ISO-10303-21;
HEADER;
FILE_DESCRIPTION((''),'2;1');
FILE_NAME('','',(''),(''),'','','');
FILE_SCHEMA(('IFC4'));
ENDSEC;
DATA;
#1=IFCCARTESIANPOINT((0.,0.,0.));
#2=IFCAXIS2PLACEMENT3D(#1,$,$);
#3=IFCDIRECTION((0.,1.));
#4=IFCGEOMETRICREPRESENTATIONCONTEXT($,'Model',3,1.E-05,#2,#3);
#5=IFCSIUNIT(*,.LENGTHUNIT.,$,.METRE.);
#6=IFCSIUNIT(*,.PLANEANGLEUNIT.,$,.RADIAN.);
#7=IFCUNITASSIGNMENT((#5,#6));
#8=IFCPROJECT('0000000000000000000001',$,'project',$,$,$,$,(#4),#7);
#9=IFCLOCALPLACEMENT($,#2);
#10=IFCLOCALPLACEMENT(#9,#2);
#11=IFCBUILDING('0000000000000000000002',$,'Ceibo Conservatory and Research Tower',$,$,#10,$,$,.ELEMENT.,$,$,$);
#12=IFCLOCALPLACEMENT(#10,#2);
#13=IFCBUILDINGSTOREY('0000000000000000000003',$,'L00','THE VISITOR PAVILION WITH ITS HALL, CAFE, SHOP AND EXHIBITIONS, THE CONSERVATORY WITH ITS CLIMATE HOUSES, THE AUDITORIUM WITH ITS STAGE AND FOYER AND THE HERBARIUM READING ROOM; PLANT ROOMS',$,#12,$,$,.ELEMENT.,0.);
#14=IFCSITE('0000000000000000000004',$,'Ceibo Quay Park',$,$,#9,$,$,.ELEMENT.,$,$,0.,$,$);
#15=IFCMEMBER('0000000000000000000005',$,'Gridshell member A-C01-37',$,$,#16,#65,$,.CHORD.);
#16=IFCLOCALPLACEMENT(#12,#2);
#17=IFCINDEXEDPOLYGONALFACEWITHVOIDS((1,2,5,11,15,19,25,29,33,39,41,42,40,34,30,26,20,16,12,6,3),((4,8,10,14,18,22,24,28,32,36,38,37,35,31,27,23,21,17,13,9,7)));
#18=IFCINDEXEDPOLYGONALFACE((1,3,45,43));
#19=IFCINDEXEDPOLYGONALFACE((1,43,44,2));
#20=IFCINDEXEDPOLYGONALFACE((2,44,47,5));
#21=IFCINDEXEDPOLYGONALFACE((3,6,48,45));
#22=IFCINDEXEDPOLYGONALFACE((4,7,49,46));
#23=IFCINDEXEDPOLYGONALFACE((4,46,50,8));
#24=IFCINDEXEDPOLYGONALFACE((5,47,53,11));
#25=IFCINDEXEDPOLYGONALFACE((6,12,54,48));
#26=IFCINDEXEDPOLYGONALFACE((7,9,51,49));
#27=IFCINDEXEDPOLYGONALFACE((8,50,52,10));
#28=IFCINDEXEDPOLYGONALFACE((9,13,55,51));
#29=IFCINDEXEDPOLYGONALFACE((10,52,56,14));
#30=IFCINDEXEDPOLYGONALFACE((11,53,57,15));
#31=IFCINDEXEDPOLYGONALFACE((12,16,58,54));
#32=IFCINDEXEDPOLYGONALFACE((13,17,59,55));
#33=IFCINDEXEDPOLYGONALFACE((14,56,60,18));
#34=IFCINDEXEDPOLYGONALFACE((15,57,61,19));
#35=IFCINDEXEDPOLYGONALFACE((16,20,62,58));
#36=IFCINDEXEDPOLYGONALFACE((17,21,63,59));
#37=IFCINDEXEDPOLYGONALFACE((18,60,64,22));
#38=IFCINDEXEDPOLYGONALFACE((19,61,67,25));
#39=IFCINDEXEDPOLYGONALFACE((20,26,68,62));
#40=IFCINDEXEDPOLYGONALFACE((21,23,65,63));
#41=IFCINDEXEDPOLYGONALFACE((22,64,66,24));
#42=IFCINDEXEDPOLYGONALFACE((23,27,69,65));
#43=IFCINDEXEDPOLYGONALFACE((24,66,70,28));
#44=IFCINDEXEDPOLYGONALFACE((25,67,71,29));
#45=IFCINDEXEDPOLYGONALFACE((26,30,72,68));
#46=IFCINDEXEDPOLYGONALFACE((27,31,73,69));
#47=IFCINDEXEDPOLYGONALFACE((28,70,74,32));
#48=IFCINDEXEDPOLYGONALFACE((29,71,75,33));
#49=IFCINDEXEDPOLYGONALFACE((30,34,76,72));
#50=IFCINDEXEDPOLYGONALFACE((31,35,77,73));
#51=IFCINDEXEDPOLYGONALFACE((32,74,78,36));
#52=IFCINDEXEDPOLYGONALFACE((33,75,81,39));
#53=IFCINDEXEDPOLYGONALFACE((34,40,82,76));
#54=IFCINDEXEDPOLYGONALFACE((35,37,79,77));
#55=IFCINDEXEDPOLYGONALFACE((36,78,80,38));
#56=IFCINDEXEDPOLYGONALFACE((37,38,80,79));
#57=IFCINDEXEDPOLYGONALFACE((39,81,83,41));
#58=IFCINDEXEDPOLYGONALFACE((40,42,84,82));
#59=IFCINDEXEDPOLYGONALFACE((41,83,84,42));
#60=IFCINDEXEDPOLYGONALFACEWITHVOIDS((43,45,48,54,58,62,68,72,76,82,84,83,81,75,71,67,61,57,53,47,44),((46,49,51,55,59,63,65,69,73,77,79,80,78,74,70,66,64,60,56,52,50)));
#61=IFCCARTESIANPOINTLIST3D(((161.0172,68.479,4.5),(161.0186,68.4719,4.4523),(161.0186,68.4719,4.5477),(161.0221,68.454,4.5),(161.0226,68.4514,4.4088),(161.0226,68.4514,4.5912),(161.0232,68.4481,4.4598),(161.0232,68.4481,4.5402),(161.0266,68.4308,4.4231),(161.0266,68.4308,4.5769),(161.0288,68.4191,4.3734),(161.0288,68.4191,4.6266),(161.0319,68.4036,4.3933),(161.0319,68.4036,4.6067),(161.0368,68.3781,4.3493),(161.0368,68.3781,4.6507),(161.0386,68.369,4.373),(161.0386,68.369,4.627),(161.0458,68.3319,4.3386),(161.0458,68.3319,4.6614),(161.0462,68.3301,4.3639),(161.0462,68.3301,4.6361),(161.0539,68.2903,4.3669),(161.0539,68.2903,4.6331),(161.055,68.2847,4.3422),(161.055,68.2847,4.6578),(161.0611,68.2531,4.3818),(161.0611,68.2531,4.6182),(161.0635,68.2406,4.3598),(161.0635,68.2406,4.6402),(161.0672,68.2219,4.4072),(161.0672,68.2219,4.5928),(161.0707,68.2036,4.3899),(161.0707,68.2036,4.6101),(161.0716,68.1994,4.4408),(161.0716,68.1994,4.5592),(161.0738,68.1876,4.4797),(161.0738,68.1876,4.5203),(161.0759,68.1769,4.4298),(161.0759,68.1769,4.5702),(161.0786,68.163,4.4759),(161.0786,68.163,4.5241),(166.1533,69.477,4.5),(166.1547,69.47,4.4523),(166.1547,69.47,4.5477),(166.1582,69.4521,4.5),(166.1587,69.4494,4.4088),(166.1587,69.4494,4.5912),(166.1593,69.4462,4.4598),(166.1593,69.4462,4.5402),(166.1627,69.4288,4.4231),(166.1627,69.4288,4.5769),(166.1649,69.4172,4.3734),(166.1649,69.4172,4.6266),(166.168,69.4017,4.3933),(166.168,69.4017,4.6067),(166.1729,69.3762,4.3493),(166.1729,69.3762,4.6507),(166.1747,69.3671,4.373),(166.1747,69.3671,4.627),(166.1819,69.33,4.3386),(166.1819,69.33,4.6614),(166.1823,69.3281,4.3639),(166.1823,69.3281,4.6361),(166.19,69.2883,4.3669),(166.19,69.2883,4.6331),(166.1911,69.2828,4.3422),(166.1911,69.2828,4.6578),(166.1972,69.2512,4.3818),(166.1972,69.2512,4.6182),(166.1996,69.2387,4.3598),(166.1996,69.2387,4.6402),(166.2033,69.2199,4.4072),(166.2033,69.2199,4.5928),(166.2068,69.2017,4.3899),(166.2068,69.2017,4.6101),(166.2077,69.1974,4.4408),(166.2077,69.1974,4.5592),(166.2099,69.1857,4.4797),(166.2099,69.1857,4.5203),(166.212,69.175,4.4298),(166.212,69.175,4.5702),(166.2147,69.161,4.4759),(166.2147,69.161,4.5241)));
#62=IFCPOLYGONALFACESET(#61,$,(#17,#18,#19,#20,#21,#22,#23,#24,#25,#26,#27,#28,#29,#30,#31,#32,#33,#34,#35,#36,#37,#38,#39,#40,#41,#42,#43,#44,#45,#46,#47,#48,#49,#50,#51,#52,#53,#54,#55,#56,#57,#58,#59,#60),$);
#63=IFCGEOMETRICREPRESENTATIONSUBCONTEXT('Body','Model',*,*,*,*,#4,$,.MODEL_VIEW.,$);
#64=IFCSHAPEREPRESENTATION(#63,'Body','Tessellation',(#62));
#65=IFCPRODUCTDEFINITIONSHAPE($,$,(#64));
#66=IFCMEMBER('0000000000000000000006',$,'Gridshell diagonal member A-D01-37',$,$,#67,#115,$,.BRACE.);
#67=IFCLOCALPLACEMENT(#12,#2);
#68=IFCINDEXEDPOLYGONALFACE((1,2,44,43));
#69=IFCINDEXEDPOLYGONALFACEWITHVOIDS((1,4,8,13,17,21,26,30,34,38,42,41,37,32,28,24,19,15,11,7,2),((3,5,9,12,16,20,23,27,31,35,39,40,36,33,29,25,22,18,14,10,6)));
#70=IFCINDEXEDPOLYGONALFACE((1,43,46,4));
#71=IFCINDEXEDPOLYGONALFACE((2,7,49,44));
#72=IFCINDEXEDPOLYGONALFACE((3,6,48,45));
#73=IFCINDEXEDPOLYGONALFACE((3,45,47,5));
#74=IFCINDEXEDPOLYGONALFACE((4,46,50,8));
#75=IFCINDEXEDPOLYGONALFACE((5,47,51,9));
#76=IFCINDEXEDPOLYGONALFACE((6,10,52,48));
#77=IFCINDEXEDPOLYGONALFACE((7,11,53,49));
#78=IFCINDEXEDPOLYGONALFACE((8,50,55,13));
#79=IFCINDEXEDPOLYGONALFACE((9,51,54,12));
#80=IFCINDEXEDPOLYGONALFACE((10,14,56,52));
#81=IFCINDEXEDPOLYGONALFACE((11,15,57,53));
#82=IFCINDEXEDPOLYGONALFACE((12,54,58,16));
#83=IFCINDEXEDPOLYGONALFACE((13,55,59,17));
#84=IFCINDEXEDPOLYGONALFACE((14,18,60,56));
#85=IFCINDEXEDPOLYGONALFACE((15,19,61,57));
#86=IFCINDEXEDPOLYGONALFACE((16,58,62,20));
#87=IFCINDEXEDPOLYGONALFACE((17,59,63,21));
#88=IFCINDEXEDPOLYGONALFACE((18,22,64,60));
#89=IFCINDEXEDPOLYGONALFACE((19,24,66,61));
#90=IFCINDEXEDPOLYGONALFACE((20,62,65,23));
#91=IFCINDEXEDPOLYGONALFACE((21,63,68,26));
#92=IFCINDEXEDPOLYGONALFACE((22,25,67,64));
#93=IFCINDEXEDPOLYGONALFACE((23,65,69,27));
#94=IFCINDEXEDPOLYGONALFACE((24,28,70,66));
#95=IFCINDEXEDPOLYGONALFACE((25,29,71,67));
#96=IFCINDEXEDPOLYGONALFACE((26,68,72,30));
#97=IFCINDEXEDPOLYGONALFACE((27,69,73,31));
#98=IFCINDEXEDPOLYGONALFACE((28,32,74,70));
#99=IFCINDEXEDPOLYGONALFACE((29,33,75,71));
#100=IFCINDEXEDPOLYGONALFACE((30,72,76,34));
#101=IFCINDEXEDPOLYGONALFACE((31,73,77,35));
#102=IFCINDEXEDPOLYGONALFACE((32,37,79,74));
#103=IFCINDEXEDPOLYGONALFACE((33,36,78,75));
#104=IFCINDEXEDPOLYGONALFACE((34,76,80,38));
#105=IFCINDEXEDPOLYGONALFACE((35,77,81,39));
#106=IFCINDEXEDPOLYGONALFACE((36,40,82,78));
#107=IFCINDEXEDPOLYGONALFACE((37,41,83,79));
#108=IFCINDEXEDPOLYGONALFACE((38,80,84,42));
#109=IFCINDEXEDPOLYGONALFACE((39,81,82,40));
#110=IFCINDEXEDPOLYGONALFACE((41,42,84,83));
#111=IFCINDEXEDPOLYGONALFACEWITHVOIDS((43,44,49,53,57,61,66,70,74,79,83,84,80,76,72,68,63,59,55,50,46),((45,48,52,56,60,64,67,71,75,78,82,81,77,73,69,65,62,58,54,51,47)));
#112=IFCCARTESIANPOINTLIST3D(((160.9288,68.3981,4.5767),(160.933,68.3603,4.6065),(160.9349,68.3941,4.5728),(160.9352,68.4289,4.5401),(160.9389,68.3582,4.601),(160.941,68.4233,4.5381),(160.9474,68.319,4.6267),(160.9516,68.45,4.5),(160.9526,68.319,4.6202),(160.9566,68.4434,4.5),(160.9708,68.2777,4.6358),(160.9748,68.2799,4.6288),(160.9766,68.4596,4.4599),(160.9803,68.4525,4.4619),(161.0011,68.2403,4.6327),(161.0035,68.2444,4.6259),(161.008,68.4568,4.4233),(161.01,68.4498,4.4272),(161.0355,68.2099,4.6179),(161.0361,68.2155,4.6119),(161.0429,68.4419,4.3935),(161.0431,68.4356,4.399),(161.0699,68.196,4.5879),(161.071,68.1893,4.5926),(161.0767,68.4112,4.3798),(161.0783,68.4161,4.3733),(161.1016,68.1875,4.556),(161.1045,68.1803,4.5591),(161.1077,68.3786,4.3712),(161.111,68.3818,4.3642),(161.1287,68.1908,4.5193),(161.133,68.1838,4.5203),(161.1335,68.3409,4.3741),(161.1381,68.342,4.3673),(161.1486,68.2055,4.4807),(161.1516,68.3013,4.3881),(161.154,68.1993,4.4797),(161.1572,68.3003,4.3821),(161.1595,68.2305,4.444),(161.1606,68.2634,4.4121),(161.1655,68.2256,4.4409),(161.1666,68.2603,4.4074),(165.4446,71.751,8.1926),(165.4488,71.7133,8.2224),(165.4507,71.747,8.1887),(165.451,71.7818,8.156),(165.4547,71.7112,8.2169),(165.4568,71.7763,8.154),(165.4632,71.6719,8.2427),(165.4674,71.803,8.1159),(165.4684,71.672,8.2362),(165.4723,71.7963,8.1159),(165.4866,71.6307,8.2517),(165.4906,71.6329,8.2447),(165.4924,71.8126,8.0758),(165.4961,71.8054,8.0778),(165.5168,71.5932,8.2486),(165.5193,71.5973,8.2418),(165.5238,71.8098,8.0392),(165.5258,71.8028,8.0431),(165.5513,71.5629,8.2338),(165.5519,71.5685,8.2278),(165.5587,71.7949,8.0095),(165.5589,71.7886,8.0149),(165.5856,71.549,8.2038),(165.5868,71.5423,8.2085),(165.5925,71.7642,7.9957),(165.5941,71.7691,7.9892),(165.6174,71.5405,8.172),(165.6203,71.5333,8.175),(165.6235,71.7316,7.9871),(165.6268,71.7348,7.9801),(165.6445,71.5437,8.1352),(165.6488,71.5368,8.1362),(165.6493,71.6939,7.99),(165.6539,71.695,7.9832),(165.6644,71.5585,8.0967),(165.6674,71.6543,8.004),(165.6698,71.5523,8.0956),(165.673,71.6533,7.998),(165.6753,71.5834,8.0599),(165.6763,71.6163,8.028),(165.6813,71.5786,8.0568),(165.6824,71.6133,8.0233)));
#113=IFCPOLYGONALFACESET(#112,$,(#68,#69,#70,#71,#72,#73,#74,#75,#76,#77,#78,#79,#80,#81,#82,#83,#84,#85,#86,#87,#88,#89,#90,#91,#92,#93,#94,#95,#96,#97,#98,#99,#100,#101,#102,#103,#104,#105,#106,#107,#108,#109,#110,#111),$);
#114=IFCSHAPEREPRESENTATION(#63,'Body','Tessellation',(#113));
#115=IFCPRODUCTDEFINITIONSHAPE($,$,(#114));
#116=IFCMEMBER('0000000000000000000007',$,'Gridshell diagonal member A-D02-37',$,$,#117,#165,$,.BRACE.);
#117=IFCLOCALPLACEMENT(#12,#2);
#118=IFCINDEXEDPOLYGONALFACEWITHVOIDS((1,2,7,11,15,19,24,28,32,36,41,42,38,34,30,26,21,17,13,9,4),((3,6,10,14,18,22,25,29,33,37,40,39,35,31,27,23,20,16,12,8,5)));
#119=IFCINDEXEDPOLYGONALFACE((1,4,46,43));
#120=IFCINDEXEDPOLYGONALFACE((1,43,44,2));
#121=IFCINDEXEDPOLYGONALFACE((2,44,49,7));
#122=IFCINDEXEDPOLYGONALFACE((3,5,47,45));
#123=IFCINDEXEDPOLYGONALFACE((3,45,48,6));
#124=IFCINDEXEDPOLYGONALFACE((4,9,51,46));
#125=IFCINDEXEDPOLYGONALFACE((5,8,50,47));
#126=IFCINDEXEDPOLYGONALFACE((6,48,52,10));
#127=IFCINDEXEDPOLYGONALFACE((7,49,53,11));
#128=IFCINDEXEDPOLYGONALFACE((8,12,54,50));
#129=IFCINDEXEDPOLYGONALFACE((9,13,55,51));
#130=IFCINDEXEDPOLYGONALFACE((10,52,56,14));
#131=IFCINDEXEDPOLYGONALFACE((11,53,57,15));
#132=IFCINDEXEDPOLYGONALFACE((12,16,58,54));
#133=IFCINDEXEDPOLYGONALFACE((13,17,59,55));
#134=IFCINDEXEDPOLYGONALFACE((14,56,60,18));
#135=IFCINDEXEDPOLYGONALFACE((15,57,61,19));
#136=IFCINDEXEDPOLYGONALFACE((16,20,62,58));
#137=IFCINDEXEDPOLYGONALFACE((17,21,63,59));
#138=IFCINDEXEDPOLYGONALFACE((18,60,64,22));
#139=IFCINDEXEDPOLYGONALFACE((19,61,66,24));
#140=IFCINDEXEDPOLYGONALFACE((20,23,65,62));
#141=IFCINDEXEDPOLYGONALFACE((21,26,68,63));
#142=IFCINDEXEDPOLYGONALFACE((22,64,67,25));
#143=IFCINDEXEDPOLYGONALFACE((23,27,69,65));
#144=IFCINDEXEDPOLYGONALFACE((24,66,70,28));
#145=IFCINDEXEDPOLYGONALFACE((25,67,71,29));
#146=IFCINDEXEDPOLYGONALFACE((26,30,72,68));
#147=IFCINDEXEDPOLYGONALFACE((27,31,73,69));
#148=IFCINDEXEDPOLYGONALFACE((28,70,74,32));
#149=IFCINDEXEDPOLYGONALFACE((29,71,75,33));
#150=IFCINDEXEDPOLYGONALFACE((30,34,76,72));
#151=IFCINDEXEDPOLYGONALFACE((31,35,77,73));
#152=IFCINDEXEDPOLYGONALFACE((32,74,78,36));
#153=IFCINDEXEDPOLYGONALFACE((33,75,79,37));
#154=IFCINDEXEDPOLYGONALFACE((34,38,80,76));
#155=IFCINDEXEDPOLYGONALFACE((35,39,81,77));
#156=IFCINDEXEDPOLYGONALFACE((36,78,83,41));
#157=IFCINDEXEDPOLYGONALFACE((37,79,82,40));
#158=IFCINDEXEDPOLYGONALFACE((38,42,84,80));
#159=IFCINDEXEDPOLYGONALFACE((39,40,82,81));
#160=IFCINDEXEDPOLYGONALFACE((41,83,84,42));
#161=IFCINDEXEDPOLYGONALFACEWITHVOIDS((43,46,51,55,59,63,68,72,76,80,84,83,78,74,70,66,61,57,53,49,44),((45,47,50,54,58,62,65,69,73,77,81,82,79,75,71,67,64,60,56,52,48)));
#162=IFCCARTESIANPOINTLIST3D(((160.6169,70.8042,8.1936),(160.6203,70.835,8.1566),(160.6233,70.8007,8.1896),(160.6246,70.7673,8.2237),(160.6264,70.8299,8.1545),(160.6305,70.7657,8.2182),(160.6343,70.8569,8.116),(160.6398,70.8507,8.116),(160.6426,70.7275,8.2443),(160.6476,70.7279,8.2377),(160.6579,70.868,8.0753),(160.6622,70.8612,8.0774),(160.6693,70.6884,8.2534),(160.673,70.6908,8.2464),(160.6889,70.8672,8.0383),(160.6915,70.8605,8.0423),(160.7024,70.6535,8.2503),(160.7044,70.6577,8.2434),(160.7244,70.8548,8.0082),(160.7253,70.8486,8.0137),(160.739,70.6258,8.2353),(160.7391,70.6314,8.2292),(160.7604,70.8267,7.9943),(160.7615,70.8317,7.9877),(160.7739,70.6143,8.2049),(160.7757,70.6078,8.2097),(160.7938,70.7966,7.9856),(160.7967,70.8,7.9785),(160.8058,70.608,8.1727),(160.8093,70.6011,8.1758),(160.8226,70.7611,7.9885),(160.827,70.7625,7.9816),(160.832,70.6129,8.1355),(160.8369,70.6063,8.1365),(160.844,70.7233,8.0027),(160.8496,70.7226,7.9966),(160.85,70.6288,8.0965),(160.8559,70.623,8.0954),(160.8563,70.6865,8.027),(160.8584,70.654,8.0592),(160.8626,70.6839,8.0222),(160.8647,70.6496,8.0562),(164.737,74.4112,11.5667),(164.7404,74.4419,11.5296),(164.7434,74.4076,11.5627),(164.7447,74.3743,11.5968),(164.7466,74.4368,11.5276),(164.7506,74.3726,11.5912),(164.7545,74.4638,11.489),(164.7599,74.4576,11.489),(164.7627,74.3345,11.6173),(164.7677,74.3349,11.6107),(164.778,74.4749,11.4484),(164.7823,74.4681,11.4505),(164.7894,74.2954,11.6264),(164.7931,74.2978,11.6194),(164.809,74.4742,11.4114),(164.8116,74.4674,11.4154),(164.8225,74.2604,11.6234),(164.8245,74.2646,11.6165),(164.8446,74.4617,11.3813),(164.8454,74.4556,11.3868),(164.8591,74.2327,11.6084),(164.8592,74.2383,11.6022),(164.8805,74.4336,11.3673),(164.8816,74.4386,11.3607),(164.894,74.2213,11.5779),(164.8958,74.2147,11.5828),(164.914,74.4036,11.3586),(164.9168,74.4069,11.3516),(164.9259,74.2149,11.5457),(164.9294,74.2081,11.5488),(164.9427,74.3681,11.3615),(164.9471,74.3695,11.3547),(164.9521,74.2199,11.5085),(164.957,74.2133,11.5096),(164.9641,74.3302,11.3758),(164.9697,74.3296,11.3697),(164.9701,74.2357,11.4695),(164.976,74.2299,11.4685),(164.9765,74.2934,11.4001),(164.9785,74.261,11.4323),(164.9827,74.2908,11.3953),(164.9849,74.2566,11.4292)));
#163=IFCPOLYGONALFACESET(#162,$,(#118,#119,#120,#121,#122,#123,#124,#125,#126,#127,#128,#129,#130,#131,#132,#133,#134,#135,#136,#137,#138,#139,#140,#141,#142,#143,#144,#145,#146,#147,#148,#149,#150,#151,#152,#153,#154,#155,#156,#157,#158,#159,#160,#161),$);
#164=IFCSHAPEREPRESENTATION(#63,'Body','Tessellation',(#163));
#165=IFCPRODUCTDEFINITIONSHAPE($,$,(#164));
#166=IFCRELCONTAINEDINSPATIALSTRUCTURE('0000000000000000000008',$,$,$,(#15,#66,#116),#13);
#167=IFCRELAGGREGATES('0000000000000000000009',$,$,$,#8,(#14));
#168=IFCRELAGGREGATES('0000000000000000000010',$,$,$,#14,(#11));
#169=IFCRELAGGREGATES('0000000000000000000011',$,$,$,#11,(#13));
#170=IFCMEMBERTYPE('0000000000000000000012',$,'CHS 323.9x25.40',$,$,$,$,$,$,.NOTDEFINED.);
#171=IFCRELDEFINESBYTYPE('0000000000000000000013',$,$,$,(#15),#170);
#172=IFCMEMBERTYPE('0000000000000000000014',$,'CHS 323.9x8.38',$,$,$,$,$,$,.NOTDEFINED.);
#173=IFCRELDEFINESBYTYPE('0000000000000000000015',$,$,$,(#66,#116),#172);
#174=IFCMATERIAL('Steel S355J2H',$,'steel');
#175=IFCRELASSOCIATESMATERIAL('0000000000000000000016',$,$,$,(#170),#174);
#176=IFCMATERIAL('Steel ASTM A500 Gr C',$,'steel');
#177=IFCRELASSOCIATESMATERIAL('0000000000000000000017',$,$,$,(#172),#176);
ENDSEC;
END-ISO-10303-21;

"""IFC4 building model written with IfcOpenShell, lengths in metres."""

from ifc_helpers import new_model, si_unit, direction, frame, origin, origin_2d, place, context, subcontext, project, spatial, hollow_circle, extrude, material, material_profile, profile_set, type_object, element, save


model = new_model("IFC4")

# Units and contexts
model_context = context("Model", 3, precision=1e-05, world=origin(), true_north=direction((0.0, 1.0)))
body_context = subcontext(model_context, "Body", "Model", "MODEL_VIEW")
ifc_project = project(units=[si_unit("LENGTHUNIT", "METRE"), si_unit("PLANEANGLEUNIT", "RADIAN")], contexts=[model_context])

# Site, building, storey
site_placement = place(None, origin())
site = spatial("IfcSite", under=ifc_project, at=site_placement, Name="Ceibo Quay Park", CompositionType="ELEMENT", RefElevation=0.0)
building_placement = place(site_placement, origin())
building = spatial("IfcBuilding", under=site, at=building_placement, Name="Ceibo Conservatory and Research Tower", CompositionType="ELEMENT")
storey_placement = place(building_placement, origin())
storey = spatial("IfcBuildingStorey", under=building, at=storey_placement, Name="L00", Description="THE VISITOR PAVILION WITH ITS HALL, CAFE, SHOP AND EXHIBITIONS, THE CONSERVATORY WITH ITS CLIMATE HOUSES, THE AUDITORIUM WITH ITS STAGE AND FOYER AND THE HERBARIUM READING ROOM; PLANT ROOMS", CompositionType="ELEMENT", Elevation=0.0)

# Members
ifc_material_1 = material(Name="Steel ASTM A500 Gr C", Category="steel")
ifc_material_2 = material(Name="Steel S355J2H", Category="steel")
ifc_material_profile_1 = material_profile(ifc_material_2, hollow_circle(Radius=0.1619, WallThickness=0.0254, at=origin_2d()), Name="CHS 323.9x25.40")
ifc_profile_set_1 = profile_set([ifc_material_profile_1], Name="Steel S355J2H")
member_type_1 = type_object("IfcMemberType", Name="CHS 323.9x25.40", PredefinedType="NOTDEFINED", material=ifc_profile_set_1)
member_1_placement = place(storey_placement, frame((161.0481, 68.3201, 4.5), z_axis=(0.981637, 0.190756, 0.0), x_axis=(-0.190756, 0.981637, 0.0)))
element("IfcMember", 1, at=member_1_placement, inside=storey, type_object=member_type_1, Name="Gridshell member A-C01-37", PredefinedType="CHORD", context=body_context, shape_type="SweptSolid", body=[
    extrude(hollow_circle(Radius=0.1619, WallThickness=0.0254, at=origin_2d()), origin(), (0.0, 0.0, 1.0), 5.2322),
])
ifc_material_profile_2 = material_profile(ifc_material_1, hollow_circle(Radius=0.1619, WallThickness=0.0083, at=origin_2d()), Name="CHS 323.9x8.38")
ifc_profile_set_2 = profile_set([ifc_material_profile_2], Name="Steel ASTM A500 Gr C")
member_type_2 = type_object("IfcMemberType", Name="CHS 323.9x8.38", PredefinedType="NOTDEFINED", material=ifc_profile_set_2)
member_2_placement = place(storey_placement, frame((161.0481, 68.3201, 4.5), z_axis=(0.675358, 0.501452, 0.540775), x_axis=(-0.596139, 0.802882, 0.0)))
element("IfcMember", 2, at=member_2_placement, inside=storey, type_object=member_type_2, Name="Gridshell diagonal member A-D01-37", PredefinedType="BRACE", context=body_context, shape_type="SweptSolid", body=[
    extrude(hollow_circle(Radius=0.1619, WallThickness=0.0083, at=origin_2d()), origin(), (0.0, 0.0, 1.0), 6.6865),
])
member_3_placement = place(storey_placement, frame((160.741, 70.7351, 8.116), z_axis=(0.640626, 0.560833, 0.524466), x_axis=(-0.658694, 0.752411, 0.0)))
element("IfcMember", 3, at=member_3_placement, inside=storey, type_object=member_type_2, Name="Gridshell diagonal member A-D02-37", PredefinedType="BRACE", context=body_context, shape_type="SweptSolid", body=[
    extrude(hollow_circle(Radius=0.1619, WallThickness=0.0083, at=origin_2d()), origin(), (0.0, 0.0, 1.0), 6.4314),
])

save(model, "model.ifc")
